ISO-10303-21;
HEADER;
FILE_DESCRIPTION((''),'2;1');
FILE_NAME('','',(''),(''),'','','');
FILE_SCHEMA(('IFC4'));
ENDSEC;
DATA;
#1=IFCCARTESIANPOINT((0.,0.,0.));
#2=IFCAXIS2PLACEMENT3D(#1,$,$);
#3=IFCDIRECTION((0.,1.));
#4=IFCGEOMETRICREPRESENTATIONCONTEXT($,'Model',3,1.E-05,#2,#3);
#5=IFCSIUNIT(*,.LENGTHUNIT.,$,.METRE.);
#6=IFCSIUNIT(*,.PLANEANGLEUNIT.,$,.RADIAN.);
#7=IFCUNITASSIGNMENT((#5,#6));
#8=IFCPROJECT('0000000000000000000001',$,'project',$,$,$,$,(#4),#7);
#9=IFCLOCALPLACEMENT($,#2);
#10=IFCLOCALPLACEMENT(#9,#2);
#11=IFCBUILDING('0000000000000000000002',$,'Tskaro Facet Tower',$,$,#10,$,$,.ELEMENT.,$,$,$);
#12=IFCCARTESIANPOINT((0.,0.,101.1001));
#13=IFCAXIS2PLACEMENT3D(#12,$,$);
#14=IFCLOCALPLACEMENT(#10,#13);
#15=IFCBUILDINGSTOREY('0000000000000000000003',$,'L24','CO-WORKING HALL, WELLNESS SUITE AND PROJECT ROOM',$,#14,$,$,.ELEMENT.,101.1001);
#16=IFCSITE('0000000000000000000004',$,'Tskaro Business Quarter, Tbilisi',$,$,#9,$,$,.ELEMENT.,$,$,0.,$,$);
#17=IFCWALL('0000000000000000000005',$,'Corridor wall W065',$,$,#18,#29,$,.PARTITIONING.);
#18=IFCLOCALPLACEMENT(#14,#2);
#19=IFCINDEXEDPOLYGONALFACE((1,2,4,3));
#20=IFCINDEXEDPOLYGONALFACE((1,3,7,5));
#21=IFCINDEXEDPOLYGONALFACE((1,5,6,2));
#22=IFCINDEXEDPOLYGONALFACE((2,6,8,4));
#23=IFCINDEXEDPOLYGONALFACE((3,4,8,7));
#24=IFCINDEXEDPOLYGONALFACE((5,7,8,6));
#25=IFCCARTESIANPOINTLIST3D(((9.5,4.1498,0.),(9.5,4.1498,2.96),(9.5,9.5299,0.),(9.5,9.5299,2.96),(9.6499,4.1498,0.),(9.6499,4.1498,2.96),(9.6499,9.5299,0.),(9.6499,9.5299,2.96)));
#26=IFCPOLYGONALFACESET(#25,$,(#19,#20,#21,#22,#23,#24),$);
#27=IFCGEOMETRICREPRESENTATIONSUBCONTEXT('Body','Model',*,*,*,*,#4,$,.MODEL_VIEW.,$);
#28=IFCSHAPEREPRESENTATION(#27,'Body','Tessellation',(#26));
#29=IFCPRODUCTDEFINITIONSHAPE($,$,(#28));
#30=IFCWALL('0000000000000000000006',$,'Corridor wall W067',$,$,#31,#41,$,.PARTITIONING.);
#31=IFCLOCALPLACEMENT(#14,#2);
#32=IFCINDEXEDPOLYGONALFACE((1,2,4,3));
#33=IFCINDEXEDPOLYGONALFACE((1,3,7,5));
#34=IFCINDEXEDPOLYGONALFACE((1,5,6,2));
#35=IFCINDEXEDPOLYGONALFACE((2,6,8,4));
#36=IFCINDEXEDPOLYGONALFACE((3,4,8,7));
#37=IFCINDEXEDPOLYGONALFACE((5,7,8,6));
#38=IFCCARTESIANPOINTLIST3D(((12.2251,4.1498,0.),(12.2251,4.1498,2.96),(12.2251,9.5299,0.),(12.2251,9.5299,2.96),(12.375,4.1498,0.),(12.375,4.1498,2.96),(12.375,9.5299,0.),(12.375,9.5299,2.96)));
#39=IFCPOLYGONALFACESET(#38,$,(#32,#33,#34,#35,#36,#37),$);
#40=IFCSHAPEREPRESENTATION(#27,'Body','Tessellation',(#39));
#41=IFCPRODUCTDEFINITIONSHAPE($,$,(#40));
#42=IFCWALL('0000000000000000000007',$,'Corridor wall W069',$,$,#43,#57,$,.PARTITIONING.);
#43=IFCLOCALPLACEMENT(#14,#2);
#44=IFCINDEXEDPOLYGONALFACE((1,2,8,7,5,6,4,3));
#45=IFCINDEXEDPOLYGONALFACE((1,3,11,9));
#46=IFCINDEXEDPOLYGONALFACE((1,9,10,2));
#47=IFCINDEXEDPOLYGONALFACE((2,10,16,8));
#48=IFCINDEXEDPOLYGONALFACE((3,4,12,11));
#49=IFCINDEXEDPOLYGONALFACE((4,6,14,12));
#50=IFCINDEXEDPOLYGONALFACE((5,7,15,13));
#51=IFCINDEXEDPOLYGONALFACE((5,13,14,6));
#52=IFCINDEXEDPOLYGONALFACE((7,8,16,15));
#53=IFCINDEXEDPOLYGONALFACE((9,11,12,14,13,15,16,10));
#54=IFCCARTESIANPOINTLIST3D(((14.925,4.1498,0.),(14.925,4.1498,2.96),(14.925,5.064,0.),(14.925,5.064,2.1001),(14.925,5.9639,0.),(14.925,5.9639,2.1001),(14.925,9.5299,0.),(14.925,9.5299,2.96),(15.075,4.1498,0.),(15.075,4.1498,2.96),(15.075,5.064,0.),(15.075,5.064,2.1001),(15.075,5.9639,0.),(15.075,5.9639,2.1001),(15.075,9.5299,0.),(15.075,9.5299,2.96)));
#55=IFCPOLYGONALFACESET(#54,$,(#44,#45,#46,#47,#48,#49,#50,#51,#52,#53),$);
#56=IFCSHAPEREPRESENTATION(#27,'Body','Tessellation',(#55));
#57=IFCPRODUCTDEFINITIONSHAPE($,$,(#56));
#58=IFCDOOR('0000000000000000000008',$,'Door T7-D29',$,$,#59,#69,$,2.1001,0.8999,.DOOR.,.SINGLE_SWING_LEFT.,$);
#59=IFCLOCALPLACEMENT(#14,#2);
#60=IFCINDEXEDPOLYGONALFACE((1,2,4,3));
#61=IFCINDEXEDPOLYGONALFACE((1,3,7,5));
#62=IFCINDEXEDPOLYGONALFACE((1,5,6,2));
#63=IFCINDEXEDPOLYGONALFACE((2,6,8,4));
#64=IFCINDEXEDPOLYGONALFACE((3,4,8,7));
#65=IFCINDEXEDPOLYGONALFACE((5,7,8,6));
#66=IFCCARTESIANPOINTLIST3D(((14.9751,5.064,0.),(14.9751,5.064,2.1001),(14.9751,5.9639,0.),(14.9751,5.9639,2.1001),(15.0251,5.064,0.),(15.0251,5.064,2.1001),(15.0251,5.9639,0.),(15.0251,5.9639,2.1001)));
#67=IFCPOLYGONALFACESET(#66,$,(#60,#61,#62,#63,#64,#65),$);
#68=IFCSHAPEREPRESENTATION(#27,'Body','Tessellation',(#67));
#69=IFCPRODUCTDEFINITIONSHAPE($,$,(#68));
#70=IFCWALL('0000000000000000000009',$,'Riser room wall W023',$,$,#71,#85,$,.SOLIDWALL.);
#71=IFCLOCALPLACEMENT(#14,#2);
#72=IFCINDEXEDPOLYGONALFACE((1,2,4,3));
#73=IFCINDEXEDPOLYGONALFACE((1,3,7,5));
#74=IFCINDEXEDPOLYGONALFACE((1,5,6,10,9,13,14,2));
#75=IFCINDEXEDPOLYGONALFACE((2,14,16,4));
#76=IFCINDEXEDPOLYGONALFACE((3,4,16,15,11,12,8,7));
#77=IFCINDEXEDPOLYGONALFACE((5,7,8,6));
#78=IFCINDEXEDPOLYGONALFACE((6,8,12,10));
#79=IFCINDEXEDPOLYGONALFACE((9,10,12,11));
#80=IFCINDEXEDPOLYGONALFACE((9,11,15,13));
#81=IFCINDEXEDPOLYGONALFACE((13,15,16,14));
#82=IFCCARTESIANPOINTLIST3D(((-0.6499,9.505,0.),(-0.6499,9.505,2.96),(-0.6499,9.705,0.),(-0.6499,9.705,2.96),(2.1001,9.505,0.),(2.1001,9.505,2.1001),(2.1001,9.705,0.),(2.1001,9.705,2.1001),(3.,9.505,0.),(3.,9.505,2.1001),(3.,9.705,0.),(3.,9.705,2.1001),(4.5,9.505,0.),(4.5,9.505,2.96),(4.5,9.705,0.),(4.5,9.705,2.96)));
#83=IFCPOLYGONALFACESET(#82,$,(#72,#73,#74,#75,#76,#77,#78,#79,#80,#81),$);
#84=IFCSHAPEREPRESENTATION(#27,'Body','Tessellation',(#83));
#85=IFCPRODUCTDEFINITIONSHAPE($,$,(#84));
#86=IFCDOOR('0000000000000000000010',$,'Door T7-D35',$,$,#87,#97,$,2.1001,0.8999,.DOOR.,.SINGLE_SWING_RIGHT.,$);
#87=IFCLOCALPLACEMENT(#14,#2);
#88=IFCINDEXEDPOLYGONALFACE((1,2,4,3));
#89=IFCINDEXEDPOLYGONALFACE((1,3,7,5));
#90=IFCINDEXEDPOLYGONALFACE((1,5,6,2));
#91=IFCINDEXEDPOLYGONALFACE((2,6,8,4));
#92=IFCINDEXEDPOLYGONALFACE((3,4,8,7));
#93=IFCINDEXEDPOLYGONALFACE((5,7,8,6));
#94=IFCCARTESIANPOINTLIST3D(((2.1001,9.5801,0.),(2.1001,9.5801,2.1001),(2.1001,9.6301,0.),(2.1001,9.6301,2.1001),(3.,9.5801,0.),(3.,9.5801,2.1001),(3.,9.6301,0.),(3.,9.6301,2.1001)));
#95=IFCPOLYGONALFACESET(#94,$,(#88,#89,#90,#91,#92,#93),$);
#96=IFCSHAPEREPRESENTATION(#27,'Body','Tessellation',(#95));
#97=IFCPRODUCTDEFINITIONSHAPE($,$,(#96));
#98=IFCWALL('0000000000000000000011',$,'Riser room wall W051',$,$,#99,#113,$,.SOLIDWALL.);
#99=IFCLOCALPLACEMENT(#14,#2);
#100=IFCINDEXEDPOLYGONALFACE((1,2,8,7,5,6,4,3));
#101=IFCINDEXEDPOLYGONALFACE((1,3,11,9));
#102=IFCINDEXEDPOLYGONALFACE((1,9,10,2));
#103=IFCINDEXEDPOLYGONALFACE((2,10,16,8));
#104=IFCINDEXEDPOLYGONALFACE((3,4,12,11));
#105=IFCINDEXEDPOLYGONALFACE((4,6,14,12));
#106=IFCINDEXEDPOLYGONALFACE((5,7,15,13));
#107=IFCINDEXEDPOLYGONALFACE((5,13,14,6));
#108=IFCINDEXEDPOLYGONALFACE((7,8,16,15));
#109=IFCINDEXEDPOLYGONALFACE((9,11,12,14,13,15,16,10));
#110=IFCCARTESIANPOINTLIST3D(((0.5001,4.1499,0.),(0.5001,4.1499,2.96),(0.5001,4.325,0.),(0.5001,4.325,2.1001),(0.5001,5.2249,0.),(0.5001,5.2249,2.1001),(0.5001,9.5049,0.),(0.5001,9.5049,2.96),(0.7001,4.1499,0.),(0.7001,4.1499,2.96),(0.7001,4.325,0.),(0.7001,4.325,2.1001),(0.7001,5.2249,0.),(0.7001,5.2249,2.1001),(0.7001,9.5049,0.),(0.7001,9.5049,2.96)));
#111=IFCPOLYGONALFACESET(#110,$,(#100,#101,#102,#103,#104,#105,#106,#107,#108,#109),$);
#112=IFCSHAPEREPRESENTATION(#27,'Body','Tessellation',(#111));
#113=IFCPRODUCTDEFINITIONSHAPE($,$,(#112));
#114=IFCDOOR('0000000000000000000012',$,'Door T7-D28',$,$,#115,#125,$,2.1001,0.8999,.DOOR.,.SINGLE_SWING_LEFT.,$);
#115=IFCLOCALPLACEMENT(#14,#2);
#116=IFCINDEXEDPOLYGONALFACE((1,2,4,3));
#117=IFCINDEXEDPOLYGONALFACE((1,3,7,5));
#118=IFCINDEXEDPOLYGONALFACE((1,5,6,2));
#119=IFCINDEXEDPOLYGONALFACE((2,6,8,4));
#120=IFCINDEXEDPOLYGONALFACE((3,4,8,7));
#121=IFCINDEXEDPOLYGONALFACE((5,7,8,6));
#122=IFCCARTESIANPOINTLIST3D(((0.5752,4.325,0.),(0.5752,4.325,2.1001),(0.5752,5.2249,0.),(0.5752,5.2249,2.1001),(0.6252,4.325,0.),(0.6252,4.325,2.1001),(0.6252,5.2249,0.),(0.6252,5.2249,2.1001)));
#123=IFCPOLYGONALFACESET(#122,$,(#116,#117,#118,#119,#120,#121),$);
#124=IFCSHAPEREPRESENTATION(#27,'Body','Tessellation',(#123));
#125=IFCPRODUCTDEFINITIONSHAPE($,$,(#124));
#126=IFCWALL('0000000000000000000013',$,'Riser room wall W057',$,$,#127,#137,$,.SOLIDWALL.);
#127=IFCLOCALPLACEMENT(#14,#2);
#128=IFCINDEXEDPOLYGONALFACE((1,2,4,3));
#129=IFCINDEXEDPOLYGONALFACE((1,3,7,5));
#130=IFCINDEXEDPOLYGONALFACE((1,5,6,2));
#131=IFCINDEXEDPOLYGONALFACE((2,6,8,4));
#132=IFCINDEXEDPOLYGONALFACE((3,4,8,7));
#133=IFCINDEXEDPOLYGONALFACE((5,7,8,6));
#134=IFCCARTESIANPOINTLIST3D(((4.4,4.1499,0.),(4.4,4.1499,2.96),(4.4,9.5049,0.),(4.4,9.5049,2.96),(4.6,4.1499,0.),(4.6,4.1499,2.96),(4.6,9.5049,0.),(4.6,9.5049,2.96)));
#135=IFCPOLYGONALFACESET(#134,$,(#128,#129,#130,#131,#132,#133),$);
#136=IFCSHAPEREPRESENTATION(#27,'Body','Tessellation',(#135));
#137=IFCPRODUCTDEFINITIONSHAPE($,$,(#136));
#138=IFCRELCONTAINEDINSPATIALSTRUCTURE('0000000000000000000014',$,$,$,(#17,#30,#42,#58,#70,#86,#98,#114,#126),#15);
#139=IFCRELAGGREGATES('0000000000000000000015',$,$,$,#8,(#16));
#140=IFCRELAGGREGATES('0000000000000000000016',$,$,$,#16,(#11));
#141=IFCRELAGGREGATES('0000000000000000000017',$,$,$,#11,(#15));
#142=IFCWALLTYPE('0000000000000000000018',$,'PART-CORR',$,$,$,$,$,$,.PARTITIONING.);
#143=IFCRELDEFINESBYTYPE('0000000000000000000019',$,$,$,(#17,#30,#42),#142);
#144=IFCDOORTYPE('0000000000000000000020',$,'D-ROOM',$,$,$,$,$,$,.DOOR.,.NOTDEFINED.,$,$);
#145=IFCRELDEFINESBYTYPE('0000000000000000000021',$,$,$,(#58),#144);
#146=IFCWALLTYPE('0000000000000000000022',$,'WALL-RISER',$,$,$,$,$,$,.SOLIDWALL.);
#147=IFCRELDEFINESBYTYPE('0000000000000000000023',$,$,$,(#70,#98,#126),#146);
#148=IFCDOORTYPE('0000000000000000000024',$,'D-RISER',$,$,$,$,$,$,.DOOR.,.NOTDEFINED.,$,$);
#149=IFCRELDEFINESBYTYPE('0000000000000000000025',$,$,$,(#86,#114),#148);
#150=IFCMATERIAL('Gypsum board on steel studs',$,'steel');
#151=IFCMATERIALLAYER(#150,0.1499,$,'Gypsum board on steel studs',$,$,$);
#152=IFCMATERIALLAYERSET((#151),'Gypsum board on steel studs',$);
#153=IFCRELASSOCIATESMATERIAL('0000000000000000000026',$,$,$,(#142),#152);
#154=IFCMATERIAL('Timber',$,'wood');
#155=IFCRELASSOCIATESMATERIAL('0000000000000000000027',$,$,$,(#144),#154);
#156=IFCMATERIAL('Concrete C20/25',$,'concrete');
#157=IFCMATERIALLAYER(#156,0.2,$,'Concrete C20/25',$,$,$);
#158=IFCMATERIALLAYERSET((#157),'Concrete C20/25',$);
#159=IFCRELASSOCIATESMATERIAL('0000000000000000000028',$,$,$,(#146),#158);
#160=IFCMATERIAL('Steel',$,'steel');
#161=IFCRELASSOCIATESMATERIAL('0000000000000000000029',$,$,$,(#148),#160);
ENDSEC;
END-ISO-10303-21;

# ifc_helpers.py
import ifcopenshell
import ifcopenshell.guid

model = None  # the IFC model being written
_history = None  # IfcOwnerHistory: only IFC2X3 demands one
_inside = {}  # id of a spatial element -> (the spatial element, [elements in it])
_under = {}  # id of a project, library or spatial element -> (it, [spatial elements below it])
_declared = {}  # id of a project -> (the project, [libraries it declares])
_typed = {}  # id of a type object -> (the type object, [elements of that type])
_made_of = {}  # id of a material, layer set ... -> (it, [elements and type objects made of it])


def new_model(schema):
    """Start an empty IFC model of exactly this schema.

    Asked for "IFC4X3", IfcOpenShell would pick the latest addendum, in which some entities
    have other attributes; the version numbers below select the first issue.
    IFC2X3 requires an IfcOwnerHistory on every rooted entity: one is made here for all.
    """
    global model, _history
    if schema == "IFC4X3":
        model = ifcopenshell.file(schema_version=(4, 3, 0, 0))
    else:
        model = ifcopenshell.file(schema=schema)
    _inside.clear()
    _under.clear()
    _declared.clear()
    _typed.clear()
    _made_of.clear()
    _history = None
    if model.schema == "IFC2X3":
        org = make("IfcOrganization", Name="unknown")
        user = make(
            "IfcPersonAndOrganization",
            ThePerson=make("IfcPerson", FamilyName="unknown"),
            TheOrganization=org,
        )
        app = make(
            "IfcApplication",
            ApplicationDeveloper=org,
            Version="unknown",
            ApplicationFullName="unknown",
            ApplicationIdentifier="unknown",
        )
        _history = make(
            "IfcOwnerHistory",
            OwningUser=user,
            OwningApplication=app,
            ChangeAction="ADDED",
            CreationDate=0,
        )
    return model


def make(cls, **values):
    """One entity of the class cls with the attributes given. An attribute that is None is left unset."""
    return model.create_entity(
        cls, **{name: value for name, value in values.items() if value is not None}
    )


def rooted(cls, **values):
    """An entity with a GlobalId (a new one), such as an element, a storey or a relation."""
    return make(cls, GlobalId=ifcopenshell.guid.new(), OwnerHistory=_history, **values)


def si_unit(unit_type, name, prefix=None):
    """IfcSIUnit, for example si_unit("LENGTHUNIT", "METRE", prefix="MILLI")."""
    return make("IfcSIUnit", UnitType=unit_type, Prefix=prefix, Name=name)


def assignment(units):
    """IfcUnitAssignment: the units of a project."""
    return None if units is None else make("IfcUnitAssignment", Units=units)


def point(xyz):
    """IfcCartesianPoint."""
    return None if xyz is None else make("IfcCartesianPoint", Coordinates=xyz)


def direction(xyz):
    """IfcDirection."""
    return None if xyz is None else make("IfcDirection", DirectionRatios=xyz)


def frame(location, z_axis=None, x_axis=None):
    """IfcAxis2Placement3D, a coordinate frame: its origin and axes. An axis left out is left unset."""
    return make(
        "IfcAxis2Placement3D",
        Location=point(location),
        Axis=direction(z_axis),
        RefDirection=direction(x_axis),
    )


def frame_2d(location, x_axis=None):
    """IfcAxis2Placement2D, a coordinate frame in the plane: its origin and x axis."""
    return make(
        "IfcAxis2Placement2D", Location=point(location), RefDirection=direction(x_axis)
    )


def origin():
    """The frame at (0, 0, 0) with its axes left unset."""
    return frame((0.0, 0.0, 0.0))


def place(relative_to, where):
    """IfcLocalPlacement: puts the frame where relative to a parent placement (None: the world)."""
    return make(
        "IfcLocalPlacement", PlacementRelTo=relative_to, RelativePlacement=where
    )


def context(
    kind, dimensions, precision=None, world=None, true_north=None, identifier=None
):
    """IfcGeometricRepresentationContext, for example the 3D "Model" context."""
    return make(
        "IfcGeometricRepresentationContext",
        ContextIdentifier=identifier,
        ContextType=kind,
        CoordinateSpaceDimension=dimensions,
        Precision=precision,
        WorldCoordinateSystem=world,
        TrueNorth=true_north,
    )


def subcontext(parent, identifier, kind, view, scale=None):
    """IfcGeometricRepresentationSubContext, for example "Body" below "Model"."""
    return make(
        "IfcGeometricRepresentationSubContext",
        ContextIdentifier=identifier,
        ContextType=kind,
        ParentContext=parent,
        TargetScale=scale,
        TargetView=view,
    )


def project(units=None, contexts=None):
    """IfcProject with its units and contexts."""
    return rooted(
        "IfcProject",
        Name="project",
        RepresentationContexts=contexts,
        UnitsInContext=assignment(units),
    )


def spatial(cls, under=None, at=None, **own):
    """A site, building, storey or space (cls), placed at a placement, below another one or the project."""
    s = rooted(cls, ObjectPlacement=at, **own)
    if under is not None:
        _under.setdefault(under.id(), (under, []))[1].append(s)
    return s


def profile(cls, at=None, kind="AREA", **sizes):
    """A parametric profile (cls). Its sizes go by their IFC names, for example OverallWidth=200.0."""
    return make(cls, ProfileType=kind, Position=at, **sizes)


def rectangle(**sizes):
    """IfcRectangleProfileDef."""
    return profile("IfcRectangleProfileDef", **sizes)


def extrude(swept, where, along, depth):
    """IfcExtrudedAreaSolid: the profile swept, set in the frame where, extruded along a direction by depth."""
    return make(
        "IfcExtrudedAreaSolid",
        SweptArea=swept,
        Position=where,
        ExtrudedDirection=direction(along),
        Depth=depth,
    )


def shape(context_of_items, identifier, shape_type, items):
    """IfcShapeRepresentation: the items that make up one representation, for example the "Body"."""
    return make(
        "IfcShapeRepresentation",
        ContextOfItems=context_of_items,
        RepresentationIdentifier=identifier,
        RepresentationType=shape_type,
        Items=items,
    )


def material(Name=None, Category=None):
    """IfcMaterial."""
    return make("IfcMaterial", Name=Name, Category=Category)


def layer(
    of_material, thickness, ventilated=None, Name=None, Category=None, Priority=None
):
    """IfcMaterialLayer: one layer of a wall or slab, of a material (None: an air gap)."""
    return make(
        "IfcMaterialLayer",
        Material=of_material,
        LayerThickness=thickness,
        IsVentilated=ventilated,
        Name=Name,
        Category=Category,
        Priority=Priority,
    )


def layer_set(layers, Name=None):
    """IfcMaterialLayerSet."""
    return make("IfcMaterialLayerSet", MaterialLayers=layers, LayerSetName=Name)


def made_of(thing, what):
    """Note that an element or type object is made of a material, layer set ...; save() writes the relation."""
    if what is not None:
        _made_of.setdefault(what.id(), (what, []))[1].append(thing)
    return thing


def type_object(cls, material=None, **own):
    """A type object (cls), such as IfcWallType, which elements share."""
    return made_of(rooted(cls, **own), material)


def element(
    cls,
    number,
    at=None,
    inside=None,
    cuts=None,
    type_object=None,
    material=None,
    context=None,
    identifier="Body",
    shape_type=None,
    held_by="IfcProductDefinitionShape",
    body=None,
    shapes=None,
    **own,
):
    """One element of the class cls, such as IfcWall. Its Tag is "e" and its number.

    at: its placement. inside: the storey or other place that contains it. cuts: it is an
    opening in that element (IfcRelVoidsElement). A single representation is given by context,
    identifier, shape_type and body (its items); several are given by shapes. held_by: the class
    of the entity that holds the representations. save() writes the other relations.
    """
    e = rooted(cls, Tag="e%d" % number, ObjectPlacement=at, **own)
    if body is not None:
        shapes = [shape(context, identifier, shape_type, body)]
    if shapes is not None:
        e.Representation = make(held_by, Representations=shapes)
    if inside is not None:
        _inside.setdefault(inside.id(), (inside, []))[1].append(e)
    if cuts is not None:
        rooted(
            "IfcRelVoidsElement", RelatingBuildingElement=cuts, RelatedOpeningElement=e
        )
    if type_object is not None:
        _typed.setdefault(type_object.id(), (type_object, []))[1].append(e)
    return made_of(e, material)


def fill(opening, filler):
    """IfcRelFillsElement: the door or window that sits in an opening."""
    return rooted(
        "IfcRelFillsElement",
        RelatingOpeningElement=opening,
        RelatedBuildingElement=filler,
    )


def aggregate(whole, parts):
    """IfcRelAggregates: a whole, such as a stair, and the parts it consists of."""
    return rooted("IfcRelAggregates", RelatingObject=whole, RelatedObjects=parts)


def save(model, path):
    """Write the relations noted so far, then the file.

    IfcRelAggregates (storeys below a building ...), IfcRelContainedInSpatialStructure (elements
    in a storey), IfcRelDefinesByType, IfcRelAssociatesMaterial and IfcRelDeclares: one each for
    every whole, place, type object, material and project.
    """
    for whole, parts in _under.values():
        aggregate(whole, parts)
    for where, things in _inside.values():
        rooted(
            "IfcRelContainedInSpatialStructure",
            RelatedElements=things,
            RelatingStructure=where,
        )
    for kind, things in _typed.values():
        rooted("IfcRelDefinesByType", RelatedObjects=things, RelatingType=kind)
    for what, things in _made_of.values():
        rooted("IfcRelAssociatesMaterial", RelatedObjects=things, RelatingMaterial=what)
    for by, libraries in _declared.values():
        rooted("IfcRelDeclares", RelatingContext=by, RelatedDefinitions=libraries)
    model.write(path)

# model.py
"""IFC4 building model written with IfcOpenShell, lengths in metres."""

from ifc_helpers import new_model, si_unit, direction, frame, frame_2d, origin, place, context, subcontext, project, spatial, rectangle, extrude, material, layer, layer_set, type_object, element, fill, save


model = new_model("IFC4")

# Units and contexts
model_context = context("Model", 3, precision=1e-05, world=origin(), true_north=direction((0.0, 1.0)))
body_context = subcontext(model_context, "Body", "Model", "MODEL_VIEW")
ifc_project = project(units=[si_unit("LENGTHUNIT", "METRE"), si_unit("PLANEANGLEUNIT", "RADIAN")], contexts=[model_context])

# Site, building, storey
site_placement = place(None, origin())
site = spatial("IfcSite", under=ifc_project, at=site_placement, Name="Tskaro Business Quarter, Tbilisi", CompositionType="ELEMENT", RefElevation=0.0)
building_placement = place(site_placement, origin())
building = spatial("IfcBuilding", under=site, at=building_placement, Name="Tskaro Facet Tower", CompositionType="ELEMENT")
storey_placement = place(building_placement, frame((0.0, 0.0, 101.1001)))
storey = spatial("IfcBuildingStorey", under=building, at=storey_placement, Name="L24", Description="CO-WORKING HALL, WELLNESS SUITE AND PROJECT ROOM", CompositionType="ELEMENT", Elevation=101.1001)

# Shared definitions
ifc_material_1 = material(Name="Concrete C20/25", Category="concrete")
ifc_material_2 = material(Name="Gypsum board on steel studs", Category="steel")

# Shared definitions
ifc_material_3 = material(Name="Timber", Category="wood")

# Shared definitions
ifc_layer_1 = layer(ifc_material_2, 0.1499, Name="Gypsum board on steel studs")
ifc_layer_set_1 = layer_set([ifc_layer_1], Name="Gypsum board on steel studs")
wall_type_1 = type_object("IfcWallType", Name="PART-CORR", PredefinedType="PARTITIONING", material=ifc_layer_set_1)
door_type_1 = type_object("IfcDoorType", Name="D-ROOM", OperationType="NOTDEFINED", PredefinedType="DOOR", material=ifc_material_3)

# Walls
for number, where, z_axis, x_axis, name in (
    (1, (9.575, 4.1499, 0.0), (0.0, 0.0, 1.0), (0.0, 1.0, 0.0), "Corridor wall W065"),
    (2, (12.3, 4.1499, 0.0), (0.0, 0.0, 1.0), (0.0, 1.0, 0.0), "Corridor wall W067"),
):
    element("IfcWall", number, at=place(storey_placement, frame(where, z_axis=z_axis, x_axis=x_axis)), inside=storey, type_object=wall_type_1, Name=name, PredefinedType="PARTITIONING", context=body_context, shape_type="SweptSolid", body=[
        extrude(rectangle(XDim=5.3801, YDim=0.1499, at=frame_2d((2.6899, 0.0))), origin(), (0.0, 0.0, 1.0), 2.96),
    ])

# Walls, openings, doors
wall_1_placement = place(storey_placement, frame((15.0, 4.1499, 0.0), z_axis=(0.0, 0.0, 1.0), x_axis=(0.0, 1.0, 0.0)))
wall_1 = element("IfcWall", 3, at=wall_1_placement, inside=storey, type_object=wall_type_1, Name="Corridor wall W069", PredefinedType="PARTITIONING", context=body_context, shape_type="SweptSolid", body=[
    extrude(rectangle(XDim=5.3801, YDim=0.1499, at=frame_2d((2.6899, 0.0))), origin(), (0.0, 0.0, 1.0), 2.96),
])
opening_1_placement = place(wall_1_placement, frame((0.9141, 0.0, 0.0)))
opening_1 = element("IfcOpeningElement", 4, at=opening_1_placement, cuts=wall_1, PredefinedType="OPENING", context=body_context, shape_type="SweptSolid", body=[
    extrude(rectangle(XDim=0.8999, YDim=2.1001, at=frame_2d((0.45, 1.05))), frame((0.0, 0.085, 0.0), z_axis=(0.0, -1.0, 0.0), x_axis=(1.0, 0.0, 0.0)), (0.0, 0.0, 1.0), 0.1699),
])
door_1_placement = place(opening_1_placement, origin())
door_1 = element("IfcDoor", 5, at=door_1_placement, inside=storey, type_object=door_type_1, Name="Door T7-D29", OperationType="SINGLE_SWING_LEFT", OverallHeight=2.1001, OverallWidth=0.8999, PredefinedType="DOOR", context=body_context, shape_type="SweptSolid", body=[
    extrude(rectangle(XDim=0.8999, YDim=2.1001, at=frame_2d((0.45, 1.05))), frame((0.0, 0.0249, 0.0), z_axis=(0.0, -1.0, 0.0), x_axis=(1.0, 0.0, 0.0)), (0.0, 0.0, 1.0), 0.05),
])
fill(opening_1, door_1)
ifc_layer_2 = layer(ifc_material_1, 0.2, Name="Concrete C20/25")
ifc_layer_set_2 = layer_set([ifc_layer_2], Name="Concrete C20/25")
wall_type_2 = type_object("IfcWallType", Name="WALL-RISER", PredefinedType="SOLIDWALL", material=ifc_layer_set_2)
wall_2_placement = place(storey_placement, frame((4.5, 9.605, 0.0), z_axis=(0.0, 0.0, 1.0), x_axis=(-1.0, 0.0, 0.0)))
wall_2 = element("IfcWall", 6, at=wall_2_placement, inside=storey, type_object=wall_type_2, Name="Riser room wall W023", PredefinedType="SOLIDWALL", context=body_context, shape_type="SweptSolid", body=[
    extrude(rectangle(XDim=5.1499, YDim=0.2, at=frame_2d((2.575, 0.0))), origin(), (0.0, 0.0, 1.0), 2.96),
])
opening_2_placement = place(wall_2_placement, frame((1.5, 0.0, 0.0)))
opening_2 = element("IfcOpeningElement", 7, at=opening_2_placement, cuts=wall_2, PredefinedType="OPENING", context=body_context, shape_type="SweptSolid", body=[
    extrude(rectangle(XDim=0.8999, YDim=2.1001, at=frame_2d((0.45, 1.05))), frame((0.0, 0.1099, 0.0), z_axis=(0.0, -1.0, 0.0), x_axis=(1.0, 0.0, 0.0)), (0.0, 0.0, 1.0), 0.22),
])
ifc_material_4 = material(Name="Steel", Category="steel")
door_type_2 = type_object("IfcDoorType", Name="D-RISER", OperationType="NOTDEFINED", PredefinedType="DOOR", material=ifc_material_4)
door_2_placement = place(opening_2_placement, origin())
door_2 = element("IfcDoor", 8, at=door_2_placement, inside=storey, type_object=door_type_2, Name="Door T7-D35", OperationType="SINGLE_SWING_RIGHT", OverallHeight=2.1001, OverallWidth=0.8999, PredefinedType="DOOR", context=body_context, shape_type="SweptSolid", body=[
    extrude(rectangle(XDim=0.8999, YDim=2.1001, at=frame_2d((0.45, 1.05))), frame((0.0, 0.0249, 0.0), z_axis=(0.0, -1.0, 0.0), x_axis=(1.0, 0.0, 0.0)), (0.0, 0.0, 1.0), 0.05),
])
fill(opening_2, door_2)
wall_3_placement = place(storey_placement, frame((0.6001, 4.1499, 0.0), z_axis=(0.0, 0.0, 1.0), x_axis=(0.0, 1.0, 0.0)))
wall_3 = element("IfcWall", 9, at=wall_3_placement, inside=storey, type_object=wall_type_2, Name="Riser room wall W051", PredefinedType="SOLIDWALL", context=body_context, shape_type="SweptSolid", body=[
    extrude(rectangle(XDim=5.355, YDim=0.2, at=frame_2d((2.6775, 0.0))), origin(), (0.0, 0.0, 1.0), 2.96),
])
opening_3_placement = place(wall_3_placement, frame((0.175, 0.0, 0.0)))
opening_3 = element("IfcOpeningElement", 10, at=opening_3_placement, cuts=wall_3, PredefinedType="OPENING", context=body_context, shape_type="SweptSolid", body=[
    extrude(rectangle(XDim=0.8999, YDim=2.1001, at=frame_2d((0.45, 1.05))), frame((0.0, 0.1099, 0.0), z_axis=(0.0, -1.0, 0.0), x_axis=(1.0, 0.0, 0.0)), (0.0, 0.0, 1.0), 0.22),
])
door_3_placement = place(opening_3_placement, origin())
door_3 = element("IfcDoor", 11, at=door_3_placement, inside=storey, type_object=door_type_2, Name="Door T7-D28", OperationType="SINGLE_SWING_LEFT", OverallHeight=2.1001, OverallWidth=0.8999, PredefinedType="DOOR", context=body_context, shape_type="SweptSolid", body=[
    extrude(rectangle(XDim=0.8999, YDim=2.1001, at=frame_2d((0.45, 1.05))), frame((0.0, 0.0249, 0.0), z_axis=(0.0, -1.0, 0.0), x_axis=(1.0, 0.0, 0.0)), (0.0, 0.0, 1.0), 0.05),
])
fill(opening_3, door_3)

# Wall
wall_4_placement = place(storey_placement, frame((4.5, 4.1499, 0.0), z_axis=(0.0, 0.0, 1.0), x_axis=(0.0, 1.0, 0.0)))
element("IfcWall", 12, at=wall_4_placement, inside=storey, type_object=wall_type_2, Name="Riser room wall W057", PredefinedType="SOLIDWALL", context=body_context, shape_type="SweptSolid", body=[
    extrude(rectangle(XDim=5.355, YDim=0.2, at=frame_2d((2.6775, 0.0))), origin(), (0.0, 0.0, 1.0), 2.96),
])

save(model, "model.ifc")
